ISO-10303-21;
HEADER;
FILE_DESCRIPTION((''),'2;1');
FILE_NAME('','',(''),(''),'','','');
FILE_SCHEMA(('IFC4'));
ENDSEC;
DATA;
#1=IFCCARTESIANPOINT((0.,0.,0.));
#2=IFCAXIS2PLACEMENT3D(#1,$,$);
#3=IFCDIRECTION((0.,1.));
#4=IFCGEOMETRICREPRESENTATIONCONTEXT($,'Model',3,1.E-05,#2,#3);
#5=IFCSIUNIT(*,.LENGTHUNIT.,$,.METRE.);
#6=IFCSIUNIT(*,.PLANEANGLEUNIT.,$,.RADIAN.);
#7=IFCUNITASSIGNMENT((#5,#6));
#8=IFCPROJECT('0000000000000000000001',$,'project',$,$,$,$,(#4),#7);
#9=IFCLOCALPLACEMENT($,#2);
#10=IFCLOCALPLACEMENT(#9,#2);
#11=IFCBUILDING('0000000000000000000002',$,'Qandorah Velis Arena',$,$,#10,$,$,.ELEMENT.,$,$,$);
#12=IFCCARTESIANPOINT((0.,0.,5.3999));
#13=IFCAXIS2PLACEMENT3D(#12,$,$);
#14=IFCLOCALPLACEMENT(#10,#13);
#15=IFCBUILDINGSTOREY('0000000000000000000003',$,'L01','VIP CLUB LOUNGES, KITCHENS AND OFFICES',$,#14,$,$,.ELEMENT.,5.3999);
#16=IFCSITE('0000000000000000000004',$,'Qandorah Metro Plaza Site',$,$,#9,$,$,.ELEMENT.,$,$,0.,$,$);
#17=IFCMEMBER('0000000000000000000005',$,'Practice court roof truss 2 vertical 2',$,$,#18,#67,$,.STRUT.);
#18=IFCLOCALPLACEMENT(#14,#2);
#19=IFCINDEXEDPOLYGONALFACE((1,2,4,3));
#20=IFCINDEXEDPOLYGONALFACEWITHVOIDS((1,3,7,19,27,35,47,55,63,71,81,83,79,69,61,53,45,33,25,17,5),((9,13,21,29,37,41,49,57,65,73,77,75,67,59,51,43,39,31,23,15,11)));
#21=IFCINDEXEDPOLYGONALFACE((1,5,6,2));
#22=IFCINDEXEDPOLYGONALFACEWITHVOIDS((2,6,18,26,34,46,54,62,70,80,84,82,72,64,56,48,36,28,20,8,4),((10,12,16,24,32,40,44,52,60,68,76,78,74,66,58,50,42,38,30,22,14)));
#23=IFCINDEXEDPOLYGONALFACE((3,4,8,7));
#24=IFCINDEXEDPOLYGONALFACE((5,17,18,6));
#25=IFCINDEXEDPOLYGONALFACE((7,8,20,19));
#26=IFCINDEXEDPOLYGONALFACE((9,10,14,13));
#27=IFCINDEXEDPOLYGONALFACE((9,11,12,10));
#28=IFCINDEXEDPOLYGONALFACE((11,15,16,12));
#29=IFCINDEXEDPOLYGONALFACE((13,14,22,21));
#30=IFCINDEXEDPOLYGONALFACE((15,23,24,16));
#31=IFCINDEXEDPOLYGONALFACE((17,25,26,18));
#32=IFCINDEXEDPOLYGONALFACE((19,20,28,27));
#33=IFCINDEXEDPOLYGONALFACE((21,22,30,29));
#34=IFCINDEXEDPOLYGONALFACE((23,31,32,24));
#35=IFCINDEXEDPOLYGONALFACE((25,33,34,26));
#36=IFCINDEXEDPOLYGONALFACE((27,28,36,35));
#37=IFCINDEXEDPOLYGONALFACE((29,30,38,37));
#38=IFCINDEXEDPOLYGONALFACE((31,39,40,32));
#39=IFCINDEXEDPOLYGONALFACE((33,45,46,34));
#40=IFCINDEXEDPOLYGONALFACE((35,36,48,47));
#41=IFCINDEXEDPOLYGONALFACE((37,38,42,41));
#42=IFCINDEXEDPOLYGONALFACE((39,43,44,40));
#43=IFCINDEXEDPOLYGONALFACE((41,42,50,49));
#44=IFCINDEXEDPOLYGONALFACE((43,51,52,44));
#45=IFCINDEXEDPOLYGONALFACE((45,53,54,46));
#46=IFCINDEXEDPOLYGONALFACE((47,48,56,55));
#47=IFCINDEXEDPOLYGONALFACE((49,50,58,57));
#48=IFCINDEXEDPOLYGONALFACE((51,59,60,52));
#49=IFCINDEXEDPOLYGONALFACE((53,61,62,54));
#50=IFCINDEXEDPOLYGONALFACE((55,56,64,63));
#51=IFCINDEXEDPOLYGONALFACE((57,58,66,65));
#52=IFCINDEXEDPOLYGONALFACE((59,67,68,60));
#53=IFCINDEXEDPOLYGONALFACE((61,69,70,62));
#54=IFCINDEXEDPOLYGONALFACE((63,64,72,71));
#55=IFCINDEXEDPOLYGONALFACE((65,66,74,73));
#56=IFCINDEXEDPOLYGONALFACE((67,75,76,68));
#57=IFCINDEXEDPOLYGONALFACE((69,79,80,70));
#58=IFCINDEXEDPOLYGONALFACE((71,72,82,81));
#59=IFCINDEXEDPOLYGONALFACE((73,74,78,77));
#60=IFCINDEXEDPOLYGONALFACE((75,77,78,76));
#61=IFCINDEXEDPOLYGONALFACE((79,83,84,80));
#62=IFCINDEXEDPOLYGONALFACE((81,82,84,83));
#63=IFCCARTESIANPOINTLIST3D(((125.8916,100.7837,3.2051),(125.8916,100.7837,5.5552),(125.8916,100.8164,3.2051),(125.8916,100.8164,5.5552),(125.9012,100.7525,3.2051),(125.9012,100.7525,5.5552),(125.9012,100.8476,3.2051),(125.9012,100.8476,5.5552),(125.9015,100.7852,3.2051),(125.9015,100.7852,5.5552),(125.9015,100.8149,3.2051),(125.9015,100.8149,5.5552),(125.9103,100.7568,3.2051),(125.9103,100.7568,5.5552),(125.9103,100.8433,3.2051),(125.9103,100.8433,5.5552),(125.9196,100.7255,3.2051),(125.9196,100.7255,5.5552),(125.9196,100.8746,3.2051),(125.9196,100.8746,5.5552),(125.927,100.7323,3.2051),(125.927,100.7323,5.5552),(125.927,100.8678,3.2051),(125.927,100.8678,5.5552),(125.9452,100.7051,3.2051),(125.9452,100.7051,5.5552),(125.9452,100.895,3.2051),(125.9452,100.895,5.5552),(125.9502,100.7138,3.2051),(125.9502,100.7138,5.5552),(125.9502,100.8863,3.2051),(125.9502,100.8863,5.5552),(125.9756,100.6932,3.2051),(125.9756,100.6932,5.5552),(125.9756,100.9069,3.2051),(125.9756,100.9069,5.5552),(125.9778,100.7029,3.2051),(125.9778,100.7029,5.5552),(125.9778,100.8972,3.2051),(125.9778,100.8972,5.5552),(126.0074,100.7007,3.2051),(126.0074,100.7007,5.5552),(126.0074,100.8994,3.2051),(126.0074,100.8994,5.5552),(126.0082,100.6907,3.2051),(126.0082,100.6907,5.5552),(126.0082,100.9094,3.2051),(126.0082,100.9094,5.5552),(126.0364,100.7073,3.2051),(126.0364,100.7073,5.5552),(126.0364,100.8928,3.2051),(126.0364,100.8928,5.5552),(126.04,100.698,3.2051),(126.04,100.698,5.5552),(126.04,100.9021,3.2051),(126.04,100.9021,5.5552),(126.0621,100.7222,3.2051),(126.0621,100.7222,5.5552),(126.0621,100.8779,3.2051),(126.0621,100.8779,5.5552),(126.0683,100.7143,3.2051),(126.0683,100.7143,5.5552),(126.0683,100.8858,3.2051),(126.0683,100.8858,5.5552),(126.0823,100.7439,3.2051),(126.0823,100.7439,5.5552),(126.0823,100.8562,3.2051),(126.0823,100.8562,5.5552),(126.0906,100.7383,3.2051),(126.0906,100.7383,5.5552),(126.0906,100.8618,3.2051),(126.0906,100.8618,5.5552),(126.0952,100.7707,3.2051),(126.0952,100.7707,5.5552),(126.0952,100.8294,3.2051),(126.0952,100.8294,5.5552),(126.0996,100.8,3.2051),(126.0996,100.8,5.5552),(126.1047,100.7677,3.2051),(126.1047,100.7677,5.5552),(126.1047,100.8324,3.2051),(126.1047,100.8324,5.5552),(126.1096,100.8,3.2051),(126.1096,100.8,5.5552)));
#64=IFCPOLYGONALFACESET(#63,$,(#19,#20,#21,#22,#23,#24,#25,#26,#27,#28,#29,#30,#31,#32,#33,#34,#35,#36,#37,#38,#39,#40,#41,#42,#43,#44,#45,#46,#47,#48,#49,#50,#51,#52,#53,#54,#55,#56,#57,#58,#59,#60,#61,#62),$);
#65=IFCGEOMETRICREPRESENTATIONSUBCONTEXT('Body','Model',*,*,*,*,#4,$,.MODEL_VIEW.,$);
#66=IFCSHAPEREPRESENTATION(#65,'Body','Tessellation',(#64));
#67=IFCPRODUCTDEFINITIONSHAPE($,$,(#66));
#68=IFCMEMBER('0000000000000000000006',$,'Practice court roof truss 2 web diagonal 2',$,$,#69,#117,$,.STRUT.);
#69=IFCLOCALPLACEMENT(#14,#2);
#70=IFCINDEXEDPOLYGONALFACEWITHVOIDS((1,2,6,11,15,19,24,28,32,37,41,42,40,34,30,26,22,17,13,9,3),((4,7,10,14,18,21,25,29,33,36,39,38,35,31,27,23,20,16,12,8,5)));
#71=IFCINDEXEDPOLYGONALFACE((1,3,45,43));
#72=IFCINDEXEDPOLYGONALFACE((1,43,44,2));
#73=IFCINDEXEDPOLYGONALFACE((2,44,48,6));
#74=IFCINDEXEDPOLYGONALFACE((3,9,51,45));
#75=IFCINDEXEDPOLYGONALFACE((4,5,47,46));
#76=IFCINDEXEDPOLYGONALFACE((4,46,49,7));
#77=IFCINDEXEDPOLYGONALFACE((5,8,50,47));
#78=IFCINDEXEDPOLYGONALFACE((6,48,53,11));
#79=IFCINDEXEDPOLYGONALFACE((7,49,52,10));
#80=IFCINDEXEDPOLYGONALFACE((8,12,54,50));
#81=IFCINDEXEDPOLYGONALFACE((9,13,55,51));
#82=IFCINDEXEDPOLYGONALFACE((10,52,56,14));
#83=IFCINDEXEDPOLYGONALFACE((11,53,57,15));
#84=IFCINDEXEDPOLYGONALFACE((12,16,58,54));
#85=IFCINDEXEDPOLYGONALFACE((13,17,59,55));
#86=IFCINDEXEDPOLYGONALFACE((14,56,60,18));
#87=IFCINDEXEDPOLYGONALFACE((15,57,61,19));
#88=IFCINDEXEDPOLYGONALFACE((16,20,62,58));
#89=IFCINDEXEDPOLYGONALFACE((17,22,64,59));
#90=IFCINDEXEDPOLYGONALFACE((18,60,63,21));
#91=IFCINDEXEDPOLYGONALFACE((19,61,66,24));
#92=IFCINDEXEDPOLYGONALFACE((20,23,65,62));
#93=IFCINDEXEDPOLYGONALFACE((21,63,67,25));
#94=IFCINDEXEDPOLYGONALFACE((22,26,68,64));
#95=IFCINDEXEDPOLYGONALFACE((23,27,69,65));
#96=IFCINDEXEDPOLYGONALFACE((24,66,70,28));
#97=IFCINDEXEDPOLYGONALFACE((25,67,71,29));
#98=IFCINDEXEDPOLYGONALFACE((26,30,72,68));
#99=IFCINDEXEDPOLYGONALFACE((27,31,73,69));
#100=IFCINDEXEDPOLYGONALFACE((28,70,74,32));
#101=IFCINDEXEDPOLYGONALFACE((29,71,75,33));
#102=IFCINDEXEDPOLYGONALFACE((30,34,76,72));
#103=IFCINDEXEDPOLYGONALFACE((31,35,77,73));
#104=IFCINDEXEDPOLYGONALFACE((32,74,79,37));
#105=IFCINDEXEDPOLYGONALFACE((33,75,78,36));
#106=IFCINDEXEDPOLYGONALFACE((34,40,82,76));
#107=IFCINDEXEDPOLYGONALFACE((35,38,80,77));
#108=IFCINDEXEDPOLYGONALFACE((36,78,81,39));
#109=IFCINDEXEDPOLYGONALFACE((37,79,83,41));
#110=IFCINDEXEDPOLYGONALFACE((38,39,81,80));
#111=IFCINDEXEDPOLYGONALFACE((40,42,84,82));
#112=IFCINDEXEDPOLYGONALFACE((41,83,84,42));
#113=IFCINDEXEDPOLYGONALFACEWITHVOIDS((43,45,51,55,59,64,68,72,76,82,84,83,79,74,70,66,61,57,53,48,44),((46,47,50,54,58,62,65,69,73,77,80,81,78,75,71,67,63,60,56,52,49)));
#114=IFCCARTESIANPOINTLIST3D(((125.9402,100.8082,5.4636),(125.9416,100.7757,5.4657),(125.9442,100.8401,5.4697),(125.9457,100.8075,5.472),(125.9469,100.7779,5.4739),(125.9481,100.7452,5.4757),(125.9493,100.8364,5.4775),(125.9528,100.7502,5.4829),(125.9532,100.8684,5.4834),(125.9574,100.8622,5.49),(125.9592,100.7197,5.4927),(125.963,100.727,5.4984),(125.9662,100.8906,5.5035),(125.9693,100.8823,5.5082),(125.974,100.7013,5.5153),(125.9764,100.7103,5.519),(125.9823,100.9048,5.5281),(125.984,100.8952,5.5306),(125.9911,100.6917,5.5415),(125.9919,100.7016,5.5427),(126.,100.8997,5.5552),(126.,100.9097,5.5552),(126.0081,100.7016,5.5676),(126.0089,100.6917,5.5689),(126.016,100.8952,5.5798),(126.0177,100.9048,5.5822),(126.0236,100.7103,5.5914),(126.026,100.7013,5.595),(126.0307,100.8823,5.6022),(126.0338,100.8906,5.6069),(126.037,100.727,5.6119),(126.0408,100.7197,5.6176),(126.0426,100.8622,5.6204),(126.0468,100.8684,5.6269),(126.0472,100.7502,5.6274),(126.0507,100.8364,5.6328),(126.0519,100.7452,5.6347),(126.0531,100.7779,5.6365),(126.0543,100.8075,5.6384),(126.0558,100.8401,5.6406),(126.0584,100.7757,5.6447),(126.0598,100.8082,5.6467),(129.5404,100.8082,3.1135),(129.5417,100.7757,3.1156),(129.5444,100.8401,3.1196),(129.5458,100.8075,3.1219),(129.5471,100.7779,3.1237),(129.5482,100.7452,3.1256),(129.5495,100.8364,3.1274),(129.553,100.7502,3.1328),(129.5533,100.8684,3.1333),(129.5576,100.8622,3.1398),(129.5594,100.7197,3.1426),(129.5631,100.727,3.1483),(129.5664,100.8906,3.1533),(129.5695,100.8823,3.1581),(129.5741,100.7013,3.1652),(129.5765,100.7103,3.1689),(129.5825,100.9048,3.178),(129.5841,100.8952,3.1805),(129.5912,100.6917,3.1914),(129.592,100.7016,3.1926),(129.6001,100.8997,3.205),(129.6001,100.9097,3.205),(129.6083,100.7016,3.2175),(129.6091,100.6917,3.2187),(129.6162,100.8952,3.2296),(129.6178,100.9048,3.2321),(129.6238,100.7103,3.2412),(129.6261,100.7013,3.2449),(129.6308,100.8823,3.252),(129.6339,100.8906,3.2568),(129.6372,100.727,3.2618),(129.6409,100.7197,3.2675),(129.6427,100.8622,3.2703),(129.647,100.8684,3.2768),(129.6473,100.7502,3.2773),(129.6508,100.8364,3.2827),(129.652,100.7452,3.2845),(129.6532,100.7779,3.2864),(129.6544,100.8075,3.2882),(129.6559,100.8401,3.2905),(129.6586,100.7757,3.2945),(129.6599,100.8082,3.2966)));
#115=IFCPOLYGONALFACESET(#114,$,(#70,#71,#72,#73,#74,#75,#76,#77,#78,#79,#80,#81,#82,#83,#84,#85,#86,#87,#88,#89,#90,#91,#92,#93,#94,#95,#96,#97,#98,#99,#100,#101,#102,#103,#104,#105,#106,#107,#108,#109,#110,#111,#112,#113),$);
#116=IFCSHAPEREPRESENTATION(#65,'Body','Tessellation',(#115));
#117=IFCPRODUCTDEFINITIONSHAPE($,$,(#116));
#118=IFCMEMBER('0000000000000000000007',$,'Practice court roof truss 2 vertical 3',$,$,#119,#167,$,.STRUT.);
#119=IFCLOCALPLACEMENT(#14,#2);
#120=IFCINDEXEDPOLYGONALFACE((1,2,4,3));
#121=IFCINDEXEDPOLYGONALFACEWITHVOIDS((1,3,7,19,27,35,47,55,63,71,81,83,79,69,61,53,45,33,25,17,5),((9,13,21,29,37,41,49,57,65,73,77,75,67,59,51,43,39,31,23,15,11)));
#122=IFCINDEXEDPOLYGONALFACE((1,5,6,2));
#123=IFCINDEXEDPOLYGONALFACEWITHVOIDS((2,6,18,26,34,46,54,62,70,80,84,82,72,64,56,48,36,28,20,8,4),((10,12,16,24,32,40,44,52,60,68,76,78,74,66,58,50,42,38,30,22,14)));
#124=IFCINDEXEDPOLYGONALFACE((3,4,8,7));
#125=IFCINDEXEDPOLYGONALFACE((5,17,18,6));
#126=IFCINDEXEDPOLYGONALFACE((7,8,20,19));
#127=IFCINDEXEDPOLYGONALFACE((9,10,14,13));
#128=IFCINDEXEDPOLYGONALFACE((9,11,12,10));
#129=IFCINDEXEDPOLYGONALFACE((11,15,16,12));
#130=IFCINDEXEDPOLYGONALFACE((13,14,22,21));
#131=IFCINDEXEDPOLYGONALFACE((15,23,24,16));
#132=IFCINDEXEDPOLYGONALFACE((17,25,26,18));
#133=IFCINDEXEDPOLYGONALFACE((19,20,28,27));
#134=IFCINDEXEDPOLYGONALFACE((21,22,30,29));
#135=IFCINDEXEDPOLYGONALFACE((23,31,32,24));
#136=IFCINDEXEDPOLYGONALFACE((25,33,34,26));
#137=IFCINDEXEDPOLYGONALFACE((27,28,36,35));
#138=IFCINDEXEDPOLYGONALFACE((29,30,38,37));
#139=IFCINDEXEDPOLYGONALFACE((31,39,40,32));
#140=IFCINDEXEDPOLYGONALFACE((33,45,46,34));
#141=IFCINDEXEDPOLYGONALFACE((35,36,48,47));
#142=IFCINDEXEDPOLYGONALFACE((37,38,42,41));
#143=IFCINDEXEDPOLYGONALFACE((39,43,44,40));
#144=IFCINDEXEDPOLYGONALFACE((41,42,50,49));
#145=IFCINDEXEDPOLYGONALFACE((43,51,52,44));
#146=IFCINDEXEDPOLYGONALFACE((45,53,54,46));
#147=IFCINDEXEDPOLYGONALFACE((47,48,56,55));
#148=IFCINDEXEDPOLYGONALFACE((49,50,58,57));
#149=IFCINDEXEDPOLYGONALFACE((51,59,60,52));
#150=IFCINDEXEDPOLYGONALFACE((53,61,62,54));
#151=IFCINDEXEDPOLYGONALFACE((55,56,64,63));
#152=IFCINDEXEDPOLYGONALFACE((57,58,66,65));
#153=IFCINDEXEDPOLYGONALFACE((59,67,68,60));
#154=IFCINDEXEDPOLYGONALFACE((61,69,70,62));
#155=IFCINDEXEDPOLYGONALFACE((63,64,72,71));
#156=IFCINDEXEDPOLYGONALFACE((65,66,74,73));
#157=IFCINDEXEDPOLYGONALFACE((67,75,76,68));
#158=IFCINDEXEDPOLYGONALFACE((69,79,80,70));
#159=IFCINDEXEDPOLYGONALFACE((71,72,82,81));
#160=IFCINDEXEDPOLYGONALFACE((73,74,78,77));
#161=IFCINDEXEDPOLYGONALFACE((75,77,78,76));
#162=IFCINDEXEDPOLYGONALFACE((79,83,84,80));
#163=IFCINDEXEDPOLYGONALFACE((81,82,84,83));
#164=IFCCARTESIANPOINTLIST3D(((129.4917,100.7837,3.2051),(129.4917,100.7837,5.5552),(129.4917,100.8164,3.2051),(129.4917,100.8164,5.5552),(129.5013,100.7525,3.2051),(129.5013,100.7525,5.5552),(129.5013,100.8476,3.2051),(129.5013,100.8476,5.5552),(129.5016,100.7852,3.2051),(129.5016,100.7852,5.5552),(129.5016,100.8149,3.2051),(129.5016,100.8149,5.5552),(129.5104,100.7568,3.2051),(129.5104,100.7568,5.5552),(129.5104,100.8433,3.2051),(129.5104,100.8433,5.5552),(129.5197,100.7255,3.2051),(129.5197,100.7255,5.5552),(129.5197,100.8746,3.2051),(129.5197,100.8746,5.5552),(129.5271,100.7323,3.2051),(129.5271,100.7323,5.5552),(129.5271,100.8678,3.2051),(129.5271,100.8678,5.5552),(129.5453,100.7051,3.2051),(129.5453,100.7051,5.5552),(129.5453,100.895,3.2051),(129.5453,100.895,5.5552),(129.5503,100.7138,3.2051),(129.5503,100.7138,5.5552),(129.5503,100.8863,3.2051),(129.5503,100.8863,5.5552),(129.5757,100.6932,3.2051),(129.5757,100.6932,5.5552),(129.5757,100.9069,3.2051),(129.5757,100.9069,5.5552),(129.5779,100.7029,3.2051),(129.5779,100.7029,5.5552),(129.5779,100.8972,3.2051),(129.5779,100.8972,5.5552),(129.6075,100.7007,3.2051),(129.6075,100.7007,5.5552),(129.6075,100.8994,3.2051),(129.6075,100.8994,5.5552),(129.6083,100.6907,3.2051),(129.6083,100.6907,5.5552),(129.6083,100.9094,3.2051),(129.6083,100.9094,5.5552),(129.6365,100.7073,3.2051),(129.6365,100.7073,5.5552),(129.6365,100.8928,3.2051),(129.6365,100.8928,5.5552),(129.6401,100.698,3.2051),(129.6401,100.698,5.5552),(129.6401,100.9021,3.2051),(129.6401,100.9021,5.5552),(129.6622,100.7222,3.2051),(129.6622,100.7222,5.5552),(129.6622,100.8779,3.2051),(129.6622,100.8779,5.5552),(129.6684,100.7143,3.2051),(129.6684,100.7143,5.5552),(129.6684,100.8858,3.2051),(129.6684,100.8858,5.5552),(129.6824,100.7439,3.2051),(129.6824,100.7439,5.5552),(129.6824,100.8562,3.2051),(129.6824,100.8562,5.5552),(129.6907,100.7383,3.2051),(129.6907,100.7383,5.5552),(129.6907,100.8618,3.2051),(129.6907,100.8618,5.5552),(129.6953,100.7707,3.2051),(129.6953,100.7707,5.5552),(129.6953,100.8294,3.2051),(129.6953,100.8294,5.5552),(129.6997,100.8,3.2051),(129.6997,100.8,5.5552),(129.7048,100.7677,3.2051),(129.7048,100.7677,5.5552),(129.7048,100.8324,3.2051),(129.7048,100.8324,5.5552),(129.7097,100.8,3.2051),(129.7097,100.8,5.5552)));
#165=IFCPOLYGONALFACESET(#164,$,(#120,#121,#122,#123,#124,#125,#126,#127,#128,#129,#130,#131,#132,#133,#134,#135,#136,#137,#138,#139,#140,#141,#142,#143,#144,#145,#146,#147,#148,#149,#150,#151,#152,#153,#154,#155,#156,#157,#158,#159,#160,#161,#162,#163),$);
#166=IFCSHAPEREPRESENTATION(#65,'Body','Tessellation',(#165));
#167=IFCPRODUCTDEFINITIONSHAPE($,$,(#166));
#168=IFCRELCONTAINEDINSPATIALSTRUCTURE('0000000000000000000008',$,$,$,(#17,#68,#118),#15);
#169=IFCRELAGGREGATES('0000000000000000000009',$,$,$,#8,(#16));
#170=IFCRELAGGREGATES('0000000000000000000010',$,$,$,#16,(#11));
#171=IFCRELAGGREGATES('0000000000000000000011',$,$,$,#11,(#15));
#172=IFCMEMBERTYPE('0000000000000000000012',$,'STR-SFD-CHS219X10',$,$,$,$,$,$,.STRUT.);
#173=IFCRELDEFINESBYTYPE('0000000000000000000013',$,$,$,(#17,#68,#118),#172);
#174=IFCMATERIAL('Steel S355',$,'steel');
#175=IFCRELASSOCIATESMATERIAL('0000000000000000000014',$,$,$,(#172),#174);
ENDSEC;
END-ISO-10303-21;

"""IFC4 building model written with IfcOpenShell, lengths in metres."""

from ifc_helpers import new_model, si_unit, direction, frame, origin, origin_2d, place, context, subcontext, project, spatial, hollow_circle, extrude, material, material_profile, profile_set, type_object, element, save


model = new_model("IFC4")

# Units and contexts
model_context = context("Model", 3, precision=1e-05, world=origin(), true_north=direction((0.0, 1.0)))
body_context = subcontext(model_context, "Body", "Model", "MODEL_VIEW")
ifc_project = project(units=[si_unit("LENGTHUNIT", "METRE"), si_unit("PLANEANGLEUNIT", "RADIAN")], contexts=[model_context])

# Site, building, storey
site_placement = place(None, origin())
site = spatial("IfcSite", under=ifc_project, at=site_placement, Name="Qandorah Metro Plaza Site", CompositionType="ELEMENT", RefElevation=0.0)
building_placement = place(site_placement, origin())
building = spatial("IfcBuilding", under=site, at=building_placement, Name="Qandorah Velis Arena", CompositionType="ELEMENT")
storey_placement = place(building_placement, frame((0.0, 0.0, 5.3999)))
storey = spatial("IfcBuildingStorey", under=building, at=storey_placement, Name="L01", Description="VIP CLUB LOUNGES, KITCHENS AND OFFICES", CompositionType="ELEMENT", Elevation=5.3999)

# Shared definitions
ifc_material_1 = material(Name="Steel S355", Category="steel")

# Members
ifc_material_profile_1 = material_profile(ifc_material_1, hollow_circle(Radius=0.1096, WallThickness=0.01, at=origin_2d()), Name="CHS 219.1x10")
ifc_profile_set_1 = profile_set([ifc_material_profile_1], Name="Steel S355")
member_type = type_object("IfcMemberType", Name="STR-SFD-CHS219X10", PredefinedType="STRUT", material=ifc_profile_set_1)
member_1_placement = place(storey_placement, frame((126.0, 100.8, 3.2051), z_axis=(0.0, 0.0, 1.0), x_axis=(1.0, 0.0, 0.0)))
element("IfcMember", 1, at=member_1_placement, inside=storey, type_object=member_type, Name="Practice court roof truss 2 vertical 2", PredefinedType="STRUT", context=body_context, shape_type="SweptSolid", body=[
    extrude(hollow_circle(Radius=0.1096, WallThickness=0.01, at=origin_2d()), origin(), (0.0, 0.0, 1.0), 2.3501),
])
member_2_placement = place(storey_placement, frame((126.0, 100.8, 5.5552), z_axis=(0.837376, 0.0, -0.546628), x_axis=(0.0, 1.0, 0.0)))
element("IfcMember", 2, at=member_2_placement, inside=storey, type_object=member_type, Name="Practice court roof truss 2 web diagonal 2", PredefinedType="STRUT", context=body_context, shape_type="SweptSolid", body=[
    extrude(hollow_circle(Radius=0.1096, WallThickness=0.01, at=origin_2d()), origin(), (0.0, 0.0, 1.0), 4.2993),
])
member_3_placement = place(storey_placement, frame((129.6001, 100.8, 3.2051), z_axis=(0.0, 0.0, 1.0), x_axis=(1.0, 0.0, 0.0)))
element("IfcMember", 3, at=member_3_placement, inside=storey, type_object=member_type, Name="Practice court roof truss 2 vertical 3", PredefinedType="STRUT", context=body_context, shape_type="SweptSolid", body=[
    extrude(hollow_circle(Radius=0.1096, WallThickness=0.01, at=origin_2d()), origin(), (0.0, 0.0, 1.0), 2.3501),
])

save(model, "model.ifc")
